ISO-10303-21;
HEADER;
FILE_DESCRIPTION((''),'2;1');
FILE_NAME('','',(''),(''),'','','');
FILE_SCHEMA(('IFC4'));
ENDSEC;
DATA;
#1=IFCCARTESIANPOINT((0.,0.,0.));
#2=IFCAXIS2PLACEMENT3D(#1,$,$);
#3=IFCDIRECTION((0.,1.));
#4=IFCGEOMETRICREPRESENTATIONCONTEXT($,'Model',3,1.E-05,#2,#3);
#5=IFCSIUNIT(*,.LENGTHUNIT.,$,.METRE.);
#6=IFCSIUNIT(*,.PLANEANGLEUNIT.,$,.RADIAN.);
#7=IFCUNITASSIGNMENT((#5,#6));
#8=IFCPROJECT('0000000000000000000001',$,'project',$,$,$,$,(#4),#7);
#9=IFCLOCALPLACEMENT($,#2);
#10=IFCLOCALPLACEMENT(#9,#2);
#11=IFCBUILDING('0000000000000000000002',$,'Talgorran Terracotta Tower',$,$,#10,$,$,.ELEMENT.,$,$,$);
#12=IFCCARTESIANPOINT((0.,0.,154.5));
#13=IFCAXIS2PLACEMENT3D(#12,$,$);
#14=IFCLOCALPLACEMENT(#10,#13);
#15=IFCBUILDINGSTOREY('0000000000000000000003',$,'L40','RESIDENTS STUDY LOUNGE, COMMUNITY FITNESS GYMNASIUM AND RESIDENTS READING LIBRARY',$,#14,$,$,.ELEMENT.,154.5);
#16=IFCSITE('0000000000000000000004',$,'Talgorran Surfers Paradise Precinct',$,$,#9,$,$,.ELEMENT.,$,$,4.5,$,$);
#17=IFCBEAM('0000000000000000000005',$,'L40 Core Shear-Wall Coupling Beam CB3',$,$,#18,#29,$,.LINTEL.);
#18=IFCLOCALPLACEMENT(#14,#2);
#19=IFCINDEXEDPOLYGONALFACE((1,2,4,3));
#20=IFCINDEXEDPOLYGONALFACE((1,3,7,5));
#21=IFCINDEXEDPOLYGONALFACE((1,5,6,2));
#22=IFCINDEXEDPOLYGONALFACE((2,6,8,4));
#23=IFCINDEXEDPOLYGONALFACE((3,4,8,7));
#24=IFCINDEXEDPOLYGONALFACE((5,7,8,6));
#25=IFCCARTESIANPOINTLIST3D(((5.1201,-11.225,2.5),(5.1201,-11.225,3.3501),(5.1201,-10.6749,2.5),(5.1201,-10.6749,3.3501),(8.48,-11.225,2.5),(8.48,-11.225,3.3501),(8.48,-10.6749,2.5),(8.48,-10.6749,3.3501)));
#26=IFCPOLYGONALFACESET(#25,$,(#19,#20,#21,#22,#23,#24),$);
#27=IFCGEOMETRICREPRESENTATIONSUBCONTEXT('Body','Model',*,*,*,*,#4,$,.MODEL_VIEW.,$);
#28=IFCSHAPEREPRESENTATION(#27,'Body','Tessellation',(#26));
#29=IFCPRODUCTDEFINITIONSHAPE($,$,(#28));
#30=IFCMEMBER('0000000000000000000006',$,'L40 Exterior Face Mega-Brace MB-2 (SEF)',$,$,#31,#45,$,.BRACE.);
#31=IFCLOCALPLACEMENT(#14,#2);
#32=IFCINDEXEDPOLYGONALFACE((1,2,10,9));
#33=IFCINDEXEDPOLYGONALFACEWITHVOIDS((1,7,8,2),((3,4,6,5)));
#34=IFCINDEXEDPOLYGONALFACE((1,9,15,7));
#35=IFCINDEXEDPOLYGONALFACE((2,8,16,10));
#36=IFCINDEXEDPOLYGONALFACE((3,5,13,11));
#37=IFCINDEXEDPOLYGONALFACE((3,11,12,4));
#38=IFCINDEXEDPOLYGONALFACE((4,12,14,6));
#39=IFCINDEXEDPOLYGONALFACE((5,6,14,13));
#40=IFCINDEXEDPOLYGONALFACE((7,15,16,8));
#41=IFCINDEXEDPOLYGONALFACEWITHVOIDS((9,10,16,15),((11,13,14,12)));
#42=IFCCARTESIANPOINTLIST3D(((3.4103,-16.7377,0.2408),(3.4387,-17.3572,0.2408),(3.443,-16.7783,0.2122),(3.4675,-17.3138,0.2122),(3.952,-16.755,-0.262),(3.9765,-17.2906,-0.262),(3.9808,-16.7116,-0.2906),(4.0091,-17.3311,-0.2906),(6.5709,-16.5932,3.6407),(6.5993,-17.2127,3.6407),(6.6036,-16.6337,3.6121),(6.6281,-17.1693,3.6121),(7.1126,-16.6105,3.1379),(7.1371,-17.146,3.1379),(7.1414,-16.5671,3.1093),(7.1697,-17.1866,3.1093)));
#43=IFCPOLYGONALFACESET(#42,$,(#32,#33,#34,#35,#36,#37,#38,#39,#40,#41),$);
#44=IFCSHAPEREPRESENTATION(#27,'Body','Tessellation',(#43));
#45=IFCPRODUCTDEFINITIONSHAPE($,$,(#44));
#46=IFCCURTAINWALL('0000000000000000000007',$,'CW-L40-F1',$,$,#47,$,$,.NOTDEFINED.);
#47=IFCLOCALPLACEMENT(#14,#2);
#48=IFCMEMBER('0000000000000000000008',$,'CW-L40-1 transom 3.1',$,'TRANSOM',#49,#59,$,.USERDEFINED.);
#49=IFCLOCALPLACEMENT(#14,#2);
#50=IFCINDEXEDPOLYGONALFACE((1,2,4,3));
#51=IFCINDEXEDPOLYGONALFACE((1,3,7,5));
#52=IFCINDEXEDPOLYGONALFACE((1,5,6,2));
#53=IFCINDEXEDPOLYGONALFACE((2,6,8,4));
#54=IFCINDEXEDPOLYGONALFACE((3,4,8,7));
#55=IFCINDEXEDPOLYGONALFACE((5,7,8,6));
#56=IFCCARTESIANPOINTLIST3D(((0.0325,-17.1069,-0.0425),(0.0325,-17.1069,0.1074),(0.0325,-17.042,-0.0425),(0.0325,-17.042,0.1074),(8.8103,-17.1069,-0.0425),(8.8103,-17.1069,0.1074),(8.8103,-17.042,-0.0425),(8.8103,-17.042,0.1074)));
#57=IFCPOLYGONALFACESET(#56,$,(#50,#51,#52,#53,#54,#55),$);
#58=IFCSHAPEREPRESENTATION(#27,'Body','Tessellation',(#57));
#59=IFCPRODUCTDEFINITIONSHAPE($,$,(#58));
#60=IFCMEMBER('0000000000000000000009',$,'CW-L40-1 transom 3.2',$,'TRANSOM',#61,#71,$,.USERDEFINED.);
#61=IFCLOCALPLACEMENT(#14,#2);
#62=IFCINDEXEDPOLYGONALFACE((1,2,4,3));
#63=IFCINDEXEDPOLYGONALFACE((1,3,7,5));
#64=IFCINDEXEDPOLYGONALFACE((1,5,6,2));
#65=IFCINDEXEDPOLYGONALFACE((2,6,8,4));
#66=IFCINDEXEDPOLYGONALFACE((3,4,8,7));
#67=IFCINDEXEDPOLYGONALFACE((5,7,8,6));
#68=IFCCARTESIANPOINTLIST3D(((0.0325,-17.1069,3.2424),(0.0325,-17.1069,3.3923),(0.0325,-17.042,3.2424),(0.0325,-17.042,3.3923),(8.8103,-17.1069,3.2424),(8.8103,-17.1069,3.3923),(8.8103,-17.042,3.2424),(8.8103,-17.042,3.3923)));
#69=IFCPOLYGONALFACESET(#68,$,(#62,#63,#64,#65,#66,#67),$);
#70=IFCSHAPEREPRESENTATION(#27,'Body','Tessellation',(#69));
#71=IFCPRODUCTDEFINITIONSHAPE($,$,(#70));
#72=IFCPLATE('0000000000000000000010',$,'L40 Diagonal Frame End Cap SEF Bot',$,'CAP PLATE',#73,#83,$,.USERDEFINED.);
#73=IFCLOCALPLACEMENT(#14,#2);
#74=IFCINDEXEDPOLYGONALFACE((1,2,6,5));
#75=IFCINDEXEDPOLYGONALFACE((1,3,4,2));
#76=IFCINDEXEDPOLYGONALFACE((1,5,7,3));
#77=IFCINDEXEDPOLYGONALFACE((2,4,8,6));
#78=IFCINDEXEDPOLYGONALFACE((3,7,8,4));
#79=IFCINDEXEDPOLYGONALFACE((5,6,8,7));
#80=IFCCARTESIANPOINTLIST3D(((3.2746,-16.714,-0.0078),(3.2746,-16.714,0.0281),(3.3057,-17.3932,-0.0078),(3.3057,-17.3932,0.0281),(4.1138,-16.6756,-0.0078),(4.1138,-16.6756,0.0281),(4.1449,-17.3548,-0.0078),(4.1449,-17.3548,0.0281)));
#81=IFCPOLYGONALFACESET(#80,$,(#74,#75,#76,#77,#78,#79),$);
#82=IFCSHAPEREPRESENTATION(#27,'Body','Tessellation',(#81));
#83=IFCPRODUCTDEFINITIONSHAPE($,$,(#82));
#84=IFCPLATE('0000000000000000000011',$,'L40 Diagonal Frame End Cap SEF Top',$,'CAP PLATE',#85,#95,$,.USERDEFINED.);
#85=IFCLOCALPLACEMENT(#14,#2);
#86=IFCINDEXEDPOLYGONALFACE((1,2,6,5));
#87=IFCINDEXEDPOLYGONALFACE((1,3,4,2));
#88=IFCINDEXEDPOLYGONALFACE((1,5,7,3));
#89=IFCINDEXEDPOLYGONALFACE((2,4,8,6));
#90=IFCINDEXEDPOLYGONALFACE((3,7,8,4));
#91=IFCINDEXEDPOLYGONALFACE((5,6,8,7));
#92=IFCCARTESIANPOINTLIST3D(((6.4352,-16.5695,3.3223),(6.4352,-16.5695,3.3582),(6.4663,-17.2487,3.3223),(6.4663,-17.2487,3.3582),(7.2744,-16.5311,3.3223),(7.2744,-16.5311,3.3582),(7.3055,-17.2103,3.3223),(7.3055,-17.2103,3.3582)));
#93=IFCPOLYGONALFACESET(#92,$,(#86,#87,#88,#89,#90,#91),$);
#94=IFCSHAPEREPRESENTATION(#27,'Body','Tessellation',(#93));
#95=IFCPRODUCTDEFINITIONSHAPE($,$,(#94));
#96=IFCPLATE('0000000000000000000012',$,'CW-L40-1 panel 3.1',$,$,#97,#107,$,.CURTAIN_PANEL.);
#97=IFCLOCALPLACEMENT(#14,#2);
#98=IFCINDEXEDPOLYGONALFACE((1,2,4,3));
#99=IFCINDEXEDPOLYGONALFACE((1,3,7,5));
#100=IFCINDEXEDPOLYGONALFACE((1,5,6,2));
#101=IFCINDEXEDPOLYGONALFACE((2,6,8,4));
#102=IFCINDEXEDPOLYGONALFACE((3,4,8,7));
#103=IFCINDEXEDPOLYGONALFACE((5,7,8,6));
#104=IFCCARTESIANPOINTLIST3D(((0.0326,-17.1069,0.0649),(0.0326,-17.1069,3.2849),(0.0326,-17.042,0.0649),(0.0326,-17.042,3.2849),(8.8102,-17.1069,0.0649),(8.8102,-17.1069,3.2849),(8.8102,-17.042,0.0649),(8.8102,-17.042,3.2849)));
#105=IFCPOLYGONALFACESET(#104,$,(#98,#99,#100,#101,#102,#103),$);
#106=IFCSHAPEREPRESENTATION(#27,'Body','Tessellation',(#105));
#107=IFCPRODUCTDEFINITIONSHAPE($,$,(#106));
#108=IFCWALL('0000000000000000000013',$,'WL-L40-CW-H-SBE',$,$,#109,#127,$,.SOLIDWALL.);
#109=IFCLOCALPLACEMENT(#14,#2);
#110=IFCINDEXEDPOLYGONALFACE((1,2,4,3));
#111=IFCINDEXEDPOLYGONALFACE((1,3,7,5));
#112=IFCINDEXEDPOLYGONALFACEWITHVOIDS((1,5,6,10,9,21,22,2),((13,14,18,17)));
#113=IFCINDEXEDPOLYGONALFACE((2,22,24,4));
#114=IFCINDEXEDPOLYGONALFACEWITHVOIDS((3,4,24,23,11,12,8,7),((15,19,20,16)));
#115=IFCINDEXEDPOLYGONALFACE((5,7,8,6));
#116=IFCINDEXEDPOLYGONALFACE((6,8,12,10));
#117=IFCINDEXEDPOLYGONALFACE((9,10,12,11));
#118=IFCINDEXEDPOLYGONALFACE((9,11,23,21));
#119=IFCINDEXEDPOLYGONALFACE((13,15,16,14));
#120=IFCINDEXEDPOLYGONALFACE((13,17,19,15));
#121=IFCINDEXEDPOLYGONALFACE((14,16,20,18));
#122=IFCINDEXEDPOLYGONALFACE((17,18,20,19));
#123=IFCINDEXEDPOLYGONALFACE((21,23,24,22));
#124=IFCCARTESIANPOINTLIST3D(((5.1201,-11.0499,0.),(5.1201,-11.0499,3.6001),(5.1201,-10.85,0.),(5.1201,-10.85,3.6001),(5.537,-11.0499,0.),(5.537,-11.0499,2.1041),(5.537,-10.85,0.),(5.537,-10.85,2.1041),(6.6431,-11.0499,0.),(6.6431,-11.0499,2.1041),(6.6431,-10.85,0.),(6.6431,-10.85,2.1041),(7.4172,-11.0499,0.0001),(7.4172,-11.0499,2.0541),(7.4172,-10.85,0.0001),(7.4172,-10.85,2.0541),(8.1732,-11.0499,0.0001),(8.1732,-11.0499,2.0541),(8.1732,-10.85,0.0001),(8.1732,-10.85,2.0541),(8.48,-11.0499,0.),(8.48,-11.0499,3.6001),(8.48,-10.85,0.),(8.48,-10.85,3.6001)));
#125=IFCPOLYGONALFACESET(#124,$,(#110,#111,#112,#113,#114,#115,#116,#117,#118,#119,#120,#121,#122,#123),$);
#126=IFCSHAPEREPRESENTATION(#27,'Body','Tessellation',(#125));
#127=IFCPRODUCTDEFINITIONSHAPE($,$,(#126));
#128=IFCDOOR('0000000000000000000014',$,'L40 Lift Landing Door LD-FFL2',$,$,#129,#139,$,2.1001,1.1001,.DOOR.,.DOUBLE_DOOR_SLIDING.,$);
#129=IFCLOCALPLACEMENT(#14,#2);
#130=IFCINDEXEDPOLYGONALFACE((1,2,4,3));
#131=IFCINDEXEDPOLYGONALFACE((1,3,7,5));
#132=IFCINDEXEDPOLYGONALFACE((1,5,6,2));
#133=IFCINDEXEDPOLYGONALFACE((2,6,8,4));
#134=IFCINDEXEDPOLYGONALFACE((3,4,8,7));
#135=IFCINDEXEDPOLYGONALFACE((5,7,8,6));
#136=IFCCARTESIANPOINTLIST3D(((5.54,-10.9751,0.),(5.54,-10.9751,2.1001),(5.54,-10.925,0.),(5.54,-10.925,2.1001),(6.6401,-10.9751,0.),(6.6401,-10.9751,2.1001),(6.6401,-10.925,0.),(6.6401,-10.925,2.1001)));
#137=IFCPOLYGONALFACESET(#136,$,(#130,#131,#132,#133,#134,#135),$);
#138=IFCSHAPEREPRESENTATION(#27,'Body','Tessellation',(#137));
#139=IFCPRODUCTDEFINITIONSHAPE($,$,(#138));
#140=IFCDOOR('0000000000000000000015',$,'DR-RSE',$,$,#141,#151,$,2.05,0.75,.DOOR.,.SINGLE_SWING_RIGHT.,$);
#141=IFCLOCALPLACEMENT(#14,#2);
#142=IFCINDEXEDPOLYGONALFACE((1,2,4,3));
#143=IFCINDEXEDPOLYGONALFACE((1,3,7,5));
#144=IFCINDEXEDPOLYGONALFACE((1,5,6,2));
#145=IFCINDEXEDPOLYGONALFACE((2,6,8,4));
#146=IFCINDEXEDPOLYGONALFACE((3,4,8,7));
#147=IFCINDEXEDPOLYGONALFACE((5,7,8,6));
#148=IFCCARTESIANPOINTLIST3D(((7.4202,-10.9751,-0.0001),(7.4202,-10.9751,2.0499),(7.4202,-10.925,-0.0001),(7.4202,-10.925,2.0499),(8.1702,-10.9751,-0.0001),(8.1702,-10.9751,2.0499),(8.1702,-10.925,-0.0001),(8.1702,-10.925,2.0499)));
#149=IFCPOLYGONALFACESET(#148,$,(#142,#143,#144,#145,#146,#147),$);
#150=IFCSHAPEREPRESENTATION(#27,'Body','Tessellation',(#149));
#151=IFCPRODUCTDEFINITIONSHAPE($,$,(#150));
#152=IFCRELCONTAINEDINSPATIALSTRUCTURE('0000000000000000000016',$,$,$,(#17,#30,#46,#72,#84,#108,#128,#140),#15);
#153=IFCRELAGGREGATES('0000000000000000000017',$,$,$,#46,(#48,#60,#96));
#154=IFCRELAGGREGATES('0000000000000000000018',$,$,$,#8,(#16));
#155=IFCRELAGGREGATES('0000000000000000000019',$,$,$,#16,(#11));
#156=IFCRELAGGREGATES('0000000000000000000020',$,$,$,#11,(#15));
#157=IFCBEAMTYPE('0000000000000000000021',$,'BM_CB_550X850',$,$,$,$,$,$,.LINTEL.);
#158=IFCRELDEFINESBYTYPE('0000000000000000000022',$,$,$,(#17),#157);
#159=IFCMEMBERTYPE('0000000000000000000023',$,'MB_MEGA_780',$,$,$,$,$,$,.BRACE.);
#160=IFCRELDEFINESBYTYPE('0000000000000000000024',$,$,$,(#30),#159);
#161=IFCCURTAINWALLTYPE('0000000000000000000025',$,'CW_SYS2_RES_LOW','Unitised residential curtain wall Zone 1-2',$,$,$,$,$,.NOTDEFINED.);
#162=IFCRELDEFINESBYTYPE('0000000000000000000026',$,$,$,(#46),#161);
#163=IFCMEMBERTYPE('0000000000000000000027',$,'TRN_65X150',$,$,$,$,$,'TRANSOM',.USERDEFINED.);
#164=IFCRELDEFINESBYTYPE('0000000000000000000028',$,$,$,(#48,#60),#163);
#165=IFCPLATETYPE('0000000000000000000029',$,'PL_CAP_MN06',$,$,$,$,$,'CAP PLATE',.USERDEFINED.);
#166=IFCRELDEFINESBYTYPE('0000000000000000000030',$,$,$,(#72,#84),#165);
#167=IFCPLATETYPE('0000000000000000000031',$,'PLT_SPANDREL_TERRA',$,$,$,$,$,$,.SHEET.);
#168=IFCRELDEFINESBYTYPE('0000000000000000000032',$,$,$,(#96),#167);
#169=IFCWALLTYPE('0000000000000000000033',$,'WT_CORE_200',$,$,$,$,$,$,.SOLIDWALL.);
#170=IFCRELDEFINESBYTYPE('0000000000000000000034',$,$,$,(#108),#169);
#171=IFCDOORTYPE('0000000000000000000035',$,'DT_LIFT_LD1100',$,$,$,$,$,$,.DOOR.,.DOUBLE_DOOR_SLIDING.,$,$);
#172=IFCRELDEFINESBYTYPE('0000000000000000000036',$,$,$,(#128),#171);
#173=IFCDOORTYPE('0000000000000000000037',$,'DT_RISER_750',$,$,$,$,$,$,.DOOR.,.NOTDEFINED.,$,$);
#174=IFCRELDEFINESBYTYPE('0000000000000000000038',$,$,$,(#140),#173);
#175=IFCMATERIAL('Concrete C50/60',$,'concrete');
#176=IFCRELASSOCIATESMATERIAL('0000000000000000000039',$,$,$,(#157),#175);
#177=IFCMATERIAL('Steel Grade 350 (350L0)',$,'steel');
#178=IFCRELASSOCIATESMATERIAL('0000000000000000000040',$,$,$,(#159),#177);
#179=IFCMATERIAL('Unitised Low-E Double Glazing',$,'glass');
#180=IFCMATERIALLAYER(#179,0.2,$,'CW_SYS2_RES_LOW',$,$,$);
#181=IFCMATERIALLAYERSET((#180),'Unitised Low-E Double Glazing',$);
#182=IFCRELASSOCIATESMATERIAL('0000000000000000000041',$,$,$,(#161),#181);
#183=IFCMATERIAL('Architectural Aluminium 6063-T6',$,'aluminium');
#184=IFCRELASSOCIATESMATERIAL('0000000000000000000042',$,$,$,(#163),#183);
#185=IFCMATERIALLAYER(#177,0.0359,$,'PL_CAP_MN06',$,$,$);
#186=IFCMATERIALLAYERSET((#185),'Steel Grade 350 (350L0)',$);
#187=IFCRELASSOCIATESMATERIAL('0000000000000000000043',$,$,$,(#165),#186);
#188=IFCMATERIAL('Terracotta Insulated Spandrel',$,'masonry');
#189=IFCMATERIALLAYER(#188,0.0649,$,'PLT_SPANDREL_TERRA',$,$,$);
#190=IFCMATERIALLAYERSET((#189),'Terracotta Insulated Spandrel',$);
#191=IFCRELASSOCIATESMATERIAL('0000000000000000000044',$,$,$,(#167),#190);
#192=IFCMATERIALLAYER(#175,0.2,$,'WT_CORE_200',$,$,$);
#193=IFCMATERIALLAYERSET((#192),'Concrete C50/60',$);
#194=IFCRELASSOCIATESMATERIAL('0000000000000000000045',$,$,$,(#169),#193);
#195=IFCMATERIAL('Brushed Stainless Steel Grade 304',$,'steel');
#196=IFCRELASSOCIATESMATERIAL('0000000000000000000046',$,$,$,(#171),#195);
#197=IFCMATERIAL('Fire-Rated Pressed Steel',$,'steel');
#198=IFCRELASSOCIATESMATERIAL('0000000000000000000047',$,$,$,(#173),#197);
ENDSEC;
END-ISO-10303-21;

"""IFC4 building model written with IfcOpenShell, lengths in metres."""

from ifc_helpers import new_model, si_unit, direction, frame, frame_2d, origin, origin_2d, place, context, subcontext, project, spatial, rectangle, hollow_rectangle, extrude, source, transform, mapped, material, layer, layer_set, material_profile, profile_set, type_object, type_shapes, element, fill, aggregate, save


model = new_model("IFC4")

# Units and contexts
model_context = context("Model", 3, precision=1e-05, world=origin(), true_north=direction((0.0, 1.0)))
body_context = subcontext(model_context, "Body", "Model", "MODEL_VIEW")
ifc_project = project(units=[si_unit("LENGTHUNIT", "METRE"), si_unit("PLANEANGLEUNIT", "RADIAN")], contexts=[model_context])

# Site, building, storey
site_placement = place(None, origin())
site = spatial("IfcSite", under=ifc_project, at=site_placement, Name="Talgorran Surfers Paradise Precinct", CompositionType="ELEMENT", RefElevation=4.5)
building_placement = place(site_placement, origin())
building = spatial("IfcBuilding", under=site, at=building_placement, Name="Talgorran Terracotta Tower", CompositionType="ELEMENT")
storey_placement = place(building_placement, frame((0.0, 0.0, 154.5)))
storey = spatial("IfcBuildingStorey", under=building, at=storey_placement, Name="L40", Description="RESIDENTS STUDY LOUNGE, COMMUNITY FITNESS GYMNASIUM AND RESIDENTS READING LIBRARY", CompositionType="ELEMENT", Elevation=154.5)

# Beam
ifc_material_1 = material(Name="Concrete C50/60", Category="concrete")
ifc_material_profile_1 = material_profile(ifc_material_1, rectangle(XDim=0.55, YDim=0.8501, at=origin_2d()), Name="RCCB550X850")
ifc_profile_set_1 = profile_set([ifc_material_profile_1], Name="Concrete C50/60")
beam_type = type_object("IfcBeamType", Name="BM_CB_550X850", PredefinedType="LINTEL", material=ifc_profile_set_1)
beam_placement = place(storey_placement, frame((5.1201, -10.95, 2.925), z_axis=(1.0, 0.0, 0.0), x_axis=(0.0, 1.0, 0.0)))
element("IfcBeam", 1, at=beam_placement, inside=storey, type_object=beam_type, Name="L40 Core Shear-Wall Coupling Beam CB3", PredefinedType="LINTEL", context=body_context, shape_type="SweptSolid", body=[
    extrude(rectangle(XDim=0.55, YDim=0.8501, at=origin_2d()), origin(), (0.0, 0.0, 1.0), 3.3599),
])

# Member
ifc_material_2 = material(Name="Steel Grade 350 (350L0)", Category="steel")
ifc_material_profile_2 = material_profile(ifc_material_2, hollow_rectangle(XDim=0.6201, YDim=0.78, WallThickness=0.042, at=origin_2d()), Name="WBOX780X620X42")
ifc_profile_set_2 = profile_set([ifc_material_profile_2], Name="Steel Grade 350 (350L0)")
member_type_1 = type_object("IfcMemberType", Name="MB_MEGA_780", PredefinedType="BRACE", material=ifc_profile_set_2)
member_1_placement = place(storey_placement, frame((3.7097, -17.0344, -0.0249), z_axis=(0.680537, 0.03112, 0.732053), x_axis=(-0.045681, 0.998956, 0.0)))
element("IfcMember", 2, at=member_1_placement, inside=storey, type_object=member_type_1, Name="L40 Exterior Face Mega-Brace MB-2 (SEF)", PredefinedType="BRACE", context=body_context, shape_type="SweptSolid", body=[
    extrude(hollow_rectangle(XDim=0.6201, YDim=0.78, WallThickness=0.042, at=origin_2d()), origin(), (0.0, 0.0, 1.0), 4.6443),
])

# Curtain wall, members
ifc_material_3 = material(Name="Unitised Low-E Double Glazing", Category="glass")
ifc_layer_1 = layer(ifc_material_3, 0.2, Name="CW_SYS2_RES_LOW")
ifc_layer_set_1 = layer_set([ifc_layer_1], Name="Unitised Low-E Double Glazing")
curtain_wall_type = type_object("IfcCurtainWallType", Name="CW_SYS2_RES_LOW", Description="Unitised residential curtain wall Zone 1-2", PredefinedType="NOTDEFINED", material=ifc_layer_set_1)
curtain_wall_placement = place(storey_placement, origin())
curtain_wall = element("IfcCurtainWall", 3, at=curtain_wall_placement, inside=storey, type_object=curtain_wall_type, Name="CW-L40-F1", PredefinedType="NOTDEFINED")
ifc_material_4 = material(Name="Architectural Aluminium 6063-T6", Category="aluminium")
ifc_material_profile_3 = material_profile(ifc_material_4, rectangle(XDim=0.0649, YDim=0.1499, at=origin_2d()), Name="CWT65X150")
ifc_profile_set_3 = profile_set([ifc_material_profile_3], Name="Architectural Aluminium 6063-T6")
member_type_2 = type_object("IfcMemberType", Name="TRN_65X150", ElementType="TRANSOM", PredefinedType="USERDEFINED", material=ifc_profile_set_3)
member_2_placement = place(storey_placement, frame((0.0325, -17.0745, 0.0325), z_axis=(1.0, 0.0, 0.0), x_axis=(0.0, 1.0, 0.0)))
member_2 = element("IfcMember", 4, at=member_2_placement, type_object=member_type_2, Name="CW-L40-1 transom 3.1", ObjectType="TRANSOM", PredefinedType="USERDEFINED", context=body_context, shape_type="SweptSolid", body=[
    extrude(rectangle(XDim=0.0649, YDim=0.1499, at=origin_2d()), origin(), (0.0, 0.0, 1.0), 8.7778),
])
member_3_placement = place(storey_placement, frame((0.0325, -17.0745, 3.3174), z_axis=(1.0, 0.0, 0.0), x_axis=(0.0, 1.0, 0.0)))
member_3 = element("IfcMember", 5, at=member_3_placement, type_object=member_type_2, Name="CW-L40-1 transom 3.2", ObjectType="TRANSOM", PredefinedType="USERDEFINED", context=body_context, shape_type="SweptSolid", body=[
    extrude(rectangle(XDim=0.0649, YDim=0.1499, at=origin_2d()), origin(), (0.0, 0.0, 1.0), 8.7778),
])

# Plates
ifc_layer_2 = layer(ifc_material_2, 0.0359, Name="PL_CAP_MN06")
ifc_layer_set_2 = layer_set([ifc_layer_2], Name="Steel Grade 350 (350L0)")
plate_type_1 = type_object("IfcPlateType", Name="PL_CAP_MN06", ElementType="CAP PLATE", PredefinedType="USERDEFINED", material=ifc_layer_set_2)
for number, where, z_axis, x_axis, name in (
    (6, (3.7097, -17.0344, -0.0078), (0.0, 0.0, 1.0), (0.998955, 0.045712, 0.0), "L40 Diagonal Frame End Cap SEF Bot"),
    (7, (6.8704, -16.8899, 3.3223), (0.0, 0.0, 1.0), (0.998955, 0.045712, 0.0), "L40 Diagonal Frame End Cap SEF Top"),
):
    element("IfcPlate", number, at=place(storey_placement, frame(where, z_axis=z_axis, x_axis=x_axis)), inside=storey, type_object=plate_type_1, Name=name, ObjectType="CAP PLATE", PredefinedType="USERDEFINED", context=body_context, shape_type="SweptSolid", body=[
        extrude(rectangle(XDim=0.8401, YDim=0.6799, at=origin_2d()), origin(), (0.0, 0.0, 1.0), 0.0359),
    ])

# Plate
ifc_material_5 = material(Name="Terracotta Insulated Spandrel", Category="masonry")
ifc_layer_3 = layer(ifc_material_5, 0.0649, Name="PLT_SPANDREL_TERRA")
ifc_layer_set_3 = layer_set([ifc_layer_3], Name="Terracotta Insulated Spandrel")
plate_type_2 = type_object("IfcPlateType", Name="PLT_SPANDREL_TERRA", PredefinedType="SHEET", material=ifc_layer_set_3)
shared_shape = source(origin(), body_context, "Body", "SweptSolid", [
    extrude(rectangle(XDim=8.7776, YDim=0.0649, at=origin_2d()), origin(), (0.0, 0.0, 1.0), 3.22),
])
type_shapes(plate_type_2, [shared_shape])
plate_placement = place(storey_placement, frame((4.4214, -17.0745, 0.0649), z_axis=(0.0, 0.0, 1.0), x_axis=(1.0, 0.0, 0.0)))
plate = element("IfcPlate", 8, at=plate_placement, type_object=plate_type_2, Name="CW-L40-1 panel 3.1", PredefinedType="CURTAIN_PANEL", context=body_context, shape_type="MappedRepresentation", body=[
    mapped(shared_shape, transform((0.0, 0.0, 0.0), scale=1.0)),
])
aggregate(curtain_wall, [member_2, member_3, plate])

# Wall, openings, doors
ifc_layer_4 = layer(ifc_material_1, 0.2, Name="WT_CORE_200")
ifc_layer_set_4 = layer_set([ifc_layer_4], Name="Concrete C50/60")
wall_type_1 = type_object("IfcWallType", Name="WT_CORE_200", PredefinedType="SOLIDWALL", material=ifc_layer_set_4)
wall_1_placement = place(storey_placement, frame((5.1201, -10.95, 0.0), z_axis=(0.0, 0.0, 1.0), x_axis=(1.0, 0.0, 0.0)))
wall_1 = element("IfcWall", 9, at=wall_1_placement, inside=storey, type_object=wall_type_1, Name="WL-L40-CW-H-SBE", PredefinedType="SOLIDWALL", context=body_context, shape_type="SweptSolid", body=[
    extrude(rectangle(XDim=3.3599, YDim=0.2, at=frame_2d((1.6799, 0.0))), origin(), (0.0, 0.0, 1.0), 3.6001),
])
opening_1_placement = place(wall_1_placement, frame((0.4199, 0.0, 0.0)))
opening_1 = element("IfcOpeningElement", 10, at=opening_1_placement, cuts=wall_1, PredefinedType="OPENING", context=body_context, shape_type="SweptSolid", body=[
    extrude(rectangle(XDim=1.1061, YDim=2.1041, at=frame_2d((0.55, 1.052))), frame((0.0, 0.1099, 0.0), z_axis=(0.0, -1.0, 0.0), x_axis=(1.0, 0.0, 0.0)), (0.0, 0.0, 1.0), 0.22),
])
opening_2_placement = place(wall_1_placement, frame((2.3, 0.0, 0.0)))
opening_2 = element("IfcOpeningElement", 11, at=opening_2_placement, cuts=wall_1, PredefinedType="OPENING", context=body_context, shape_type="SweptSolid", body=[
    extrude(rectangle(XDim=0.756, YDim=2.054, at=frame_2d((0.375, 1.0271))), frame((0.0, 0.1099, 0.0), z_axis=(0.0, -1.0, 0.0), x_axis=(1.0, 0.0, 0.0)), (0.0, 0.0, 1.0), 0.22),
])
ifc_material_6 = material(Name="Brushed Stainless Steel Grade 304", Category="steel")
door_type_1 = type_object("IfcDoorType", Name="DT_LIFT_LD1100", OperationType="DOUBLE_DOOR_SLIDING", PredefinedType="DOOR", material=ifc_material_6)
door_1_placement = place(opening_1_placement, origin())
door_1 = element("IfcDoor", 12, at=door_1_placement, inside=storey, type_object=door_type_1, Name="L40 Lift Landing Door LD-FFL2", OperationType="DOUBLE_DOOR_SLIDING", OverallHeight=2.1001, OverallWidth=1.1001, PredefinedType="DOOR", context=body_context, shape_type="SweptSolid", body=[
    extrude(rectangle(XDim=1.1001, YDim=2.1001, at=frame_2d((0.55, 1.05))), frame((0.0, 0.0249, 0.0), z_axis=(0.0, -1.0, 0.0), x_axis=(1.0, 0.0, 0.0)), (0.0, 0.0, 1.0), 0.05),
])
fill(opening_1, door_1)
ifc_material_7 = material(Name="Fire-Rated Pressed Steel", Category="steel")
door_type_2 = type_object("IfcDoorType", Name="DT_RISER_750", OperationType="NOTDEFINED", PredefinedType="DOOR", material=ifc_material_7)
door_2_placement = place(opening_2_placement, origin())
door_2 = element("IfcDoor", 13, at=door_2_placement, inside=storey, type_object=door_type_2, Name="DR-RSE", OperationType="SINGLE_SWING_RIGHT", OverallHeight=2.05, OverallWidth=0.75, PredefinedType="DOOR", context=body_context, shape_type="SweptSolid", body=[
    extrude(rectangle(XDim=0.75, YDim=2.05, at=frame_2d((0.375, 1.0249))), frame((0.0, 0.0249, 0.0), z_axis=(0.0, -1.0, 0.0), x_axis=(1.0, 0.0, 0.0)), (0.0, 0.0, 1.0), 0.05),
])
fill(opening_2, door_2)

save(model, "model.ifc")
